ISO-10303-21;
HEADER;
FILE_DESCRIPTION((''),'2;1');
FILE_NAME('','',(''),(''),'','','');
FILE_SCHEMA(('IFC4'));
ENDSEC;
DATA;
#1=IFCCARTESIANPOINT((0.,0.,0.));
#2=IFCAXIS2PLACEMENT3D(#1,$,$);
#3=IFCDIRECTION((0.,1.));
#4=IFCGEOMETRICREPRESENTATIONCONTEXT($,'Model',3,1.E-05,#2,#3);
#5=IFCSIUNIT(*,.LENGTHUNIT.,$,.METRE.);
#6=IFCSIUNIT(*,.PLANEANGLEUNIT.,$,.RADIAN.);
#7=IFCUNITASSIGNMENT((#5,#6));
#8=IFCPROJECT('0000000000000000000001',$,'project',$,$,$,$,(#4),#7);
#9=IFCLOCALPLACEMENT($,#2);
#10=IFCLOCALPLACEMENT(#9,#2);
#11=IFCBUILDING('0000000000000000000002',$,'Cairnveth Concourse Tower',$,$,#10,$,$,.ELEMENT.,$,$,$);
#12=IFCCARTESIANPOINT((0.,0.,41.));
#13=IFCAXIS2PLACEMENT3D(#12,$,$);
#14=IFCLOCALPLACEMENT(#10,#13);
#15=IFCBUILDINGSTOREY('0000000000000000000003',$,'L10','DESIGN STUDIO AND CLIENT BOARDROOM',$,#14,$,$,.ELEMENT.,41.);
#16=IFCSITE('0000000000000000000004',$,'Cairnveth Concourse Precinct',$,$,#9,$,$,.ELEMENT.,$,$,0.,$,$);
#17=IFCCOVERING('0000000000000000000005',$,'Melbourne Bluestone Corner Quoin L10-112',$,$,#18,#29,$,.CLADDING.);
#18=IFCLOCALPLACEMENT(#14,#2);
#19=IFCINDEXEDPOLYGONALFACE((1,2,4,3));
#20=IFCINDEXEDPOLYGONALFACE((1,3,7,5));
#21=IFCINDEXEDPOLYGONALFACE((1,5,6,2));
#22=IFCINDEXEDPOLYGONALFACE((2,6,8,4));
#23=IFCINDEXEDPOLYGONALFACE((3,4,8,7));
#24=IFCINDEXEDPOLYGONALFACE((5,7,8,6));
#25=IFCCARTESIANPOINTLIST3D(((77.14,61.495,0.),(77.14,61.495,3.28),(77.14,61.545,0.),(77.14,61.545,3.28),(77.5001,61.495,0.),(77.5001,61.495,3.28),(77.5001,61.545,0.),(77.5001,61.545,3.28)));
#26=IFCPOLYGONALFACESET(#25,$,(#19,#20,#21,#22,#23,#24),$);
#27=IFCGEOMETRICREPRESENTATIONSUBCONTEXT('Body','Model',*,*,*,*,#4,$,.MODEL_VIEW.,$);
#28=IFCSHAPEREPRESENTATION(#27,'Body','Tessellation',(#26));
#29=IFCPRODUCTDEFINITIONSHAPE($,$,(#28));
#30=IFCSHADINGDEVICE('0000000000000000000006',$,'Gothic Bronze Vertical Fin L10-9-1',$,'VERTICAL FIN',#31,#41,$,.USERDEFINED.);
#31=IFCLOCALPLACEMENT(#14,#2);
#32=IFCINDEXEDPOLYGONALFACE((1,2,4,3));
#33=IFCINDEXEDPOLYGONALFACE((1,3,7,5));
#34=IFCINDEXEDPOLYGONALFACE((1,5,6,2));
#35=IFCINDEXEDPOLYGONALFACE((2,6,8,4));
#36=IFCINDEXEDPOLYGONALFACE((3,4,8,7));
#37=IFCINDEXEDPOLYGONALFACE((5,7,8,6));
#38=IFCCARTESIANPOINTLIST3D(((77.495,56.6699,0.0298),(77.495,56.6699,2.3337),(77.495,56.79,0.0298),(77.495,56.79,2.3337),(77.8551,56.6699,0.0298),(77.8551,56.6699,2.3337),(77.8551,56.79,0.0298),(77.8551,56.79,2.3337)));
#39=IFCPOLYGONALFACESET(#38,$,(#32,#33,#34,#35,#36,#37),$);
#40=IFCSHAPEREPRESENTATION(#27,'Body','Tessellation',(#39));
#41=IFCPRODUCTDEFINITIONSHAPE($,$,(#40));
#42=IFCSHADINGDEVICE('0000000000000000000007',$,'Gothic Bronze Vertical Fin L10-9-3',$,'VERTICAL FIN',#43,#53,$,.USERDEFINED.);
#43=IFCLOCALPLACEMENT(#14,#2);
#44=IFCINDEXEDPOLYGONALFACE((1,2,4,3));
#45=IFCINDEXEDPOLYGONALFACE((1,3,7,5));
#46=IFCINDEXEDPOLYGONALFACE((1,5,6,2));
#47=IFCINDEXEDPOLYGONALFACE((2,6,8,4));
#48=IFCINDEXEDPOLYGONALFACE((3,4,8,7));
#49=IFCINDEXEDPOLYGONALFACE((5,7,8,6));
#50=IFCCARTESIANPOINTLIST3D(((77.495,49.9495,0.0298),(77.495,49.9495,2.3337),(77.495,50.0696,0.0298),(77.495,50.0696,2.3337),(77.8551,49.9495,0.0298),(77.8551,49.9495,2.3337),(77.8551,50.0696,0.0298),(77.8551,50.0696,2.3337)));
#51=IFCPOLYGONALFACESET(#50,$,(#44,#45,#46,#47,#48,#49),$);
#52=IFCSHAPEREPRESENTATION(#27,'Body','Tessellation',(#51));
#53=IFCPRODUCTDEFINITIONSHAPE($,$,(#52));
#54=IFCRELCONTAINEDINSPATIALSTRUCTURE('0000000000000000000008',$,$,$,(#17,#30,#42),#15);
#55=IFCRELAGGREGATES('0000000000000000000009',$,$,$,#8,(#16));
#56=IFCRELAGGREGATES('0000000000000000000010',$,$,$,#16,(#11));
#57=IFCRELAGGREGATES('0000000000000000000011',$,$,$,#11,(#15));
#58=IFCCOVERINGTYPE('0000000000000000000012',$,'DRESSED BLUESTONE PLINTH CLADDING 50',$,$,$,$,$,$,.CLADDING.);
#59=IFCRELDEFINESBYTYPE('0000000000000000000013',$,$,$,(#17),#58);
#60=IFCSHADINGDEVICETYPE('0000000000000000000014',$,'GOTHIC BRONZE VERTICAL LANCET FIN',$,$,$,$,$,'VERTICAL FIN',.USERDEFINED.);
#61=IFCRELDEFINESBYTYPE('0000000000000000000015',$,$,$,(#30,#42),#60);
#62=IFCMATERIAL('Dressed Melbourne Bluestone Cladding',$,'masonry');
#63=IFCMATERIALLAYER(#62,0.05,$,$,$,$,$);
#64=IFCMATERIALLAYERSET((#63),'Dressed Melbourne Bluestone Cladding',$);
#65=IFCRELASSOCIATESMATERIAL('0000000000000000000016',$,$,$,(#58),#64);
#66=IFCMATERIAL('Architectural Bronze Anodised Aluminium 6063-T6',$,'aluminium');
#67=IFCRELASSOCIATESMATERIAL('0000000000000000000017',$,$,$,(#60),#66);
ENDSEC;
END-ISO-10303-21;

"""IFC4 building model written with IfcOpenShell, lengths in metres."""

from ifc_helpers import new_model, si_unit, direction, frame, frame_2d, origin, origin_2d, place, context, subcontext, project, spatial, rectangle, extrude, material, layer, layer_set, type_object, element, save


model = new_model("IFC4")

# Units and contexts
model_context = context("Model", 3, precision=1e-05, world=origin(), true_north=direction((0.0, 1.0)))
body_context = subcontext(model_context, "Body", "Model", "MODEL_VIEW")
ifc_project = project(units=[si_unit("LENGTHUNIT", "METRE"), si_unit("PLANEANGLEUNIT", "RADIAN")], contexts=[model_context])

# Site, building, storey
site_placement = place(None, origin())
site = spatial("IfcSite", under=ifc_project, at=site_placement, Name="Cairnveth Concourse Precinct", CompositionType="ELEMENT", RefElevation=0.0)
building_placement = place(site_placement, origin())
building = spatial("IfcBuilding", under=site, at=building_placement, Name="Cairnveth Concourse Tower", CompositionType="ELEMENT")
storey_placement = place(building_placement, frame((0.0, 0.0, 41.0)))
storey = spatial("IfcBuildingStorey", under=building, at=storey_placement, Name="L10", Description="DESIGN STUDIO AND CLIENT BOARDROOM", CompositionType="ELEMENT", Elevation=41.0)

# Covering
ifc_material_1 = material(Name="Dressed Melbourne Bluestone Cladding", Category="masonry")
ifc_layer_1 = layer(ifc_material_1, 0.05)
ifc_layer_set_1 = layer_set([ifc_layer_1], Name="Dressed Melbourne Bluestone Cladding")
covering_type = type_object("IfcCoveringType", Name="DRESSED BLUESTONE PLINTH CLADDING 50", PredefinedType="CLADDING", material=ifc_layer_set_1)
covering_placement = place(storey_placement, frame((77.1399, 61.52, 0.0), z_axis=(0.0, 0.0, 1.0), x_axis=(1.0, 0.0, 0.0)))
element("IfcCovering", 1, at=covering_placement, inside=storey, type_object=covering_type, Name="Melbourne Bluestone Corner Quoin L10-112", PredefinedType="CLADDING", context=body_context, shape_type="SweptSolid", body=[
    extrude(rectangle(XDim=0.3601, YDim=0.05, at=frame_2d((0.1802, 0.0))), origin(), (0.0, 0.0, 1.0), 3.28),
])

# Shading devices
ifc_material_2 = material(Name="Architectural Bronze Anodised Aluminium 6063-T6", Category="aluminium")
shading_device_type = type_object("IfcShadingDeviceType", Name="GOTHIC BRONZE VERTICAL LANCET FIN", ElementType="VERTICAL FIN", PredefinedType="USERDEFINED", material=ifc_material_2)
for number, where, z_axis, x_axis, name in (
    (2, (77.675, 56.73, 0.0298), (0.0, 0.0, 1.0), (0.0, 1.0, 0.0), "Gothic Bronze Vertical Fin L10-9-1"),
    (3, (77.675, 50.0095, 0.0298), (0.0, 0.0, 1.0), (0.0, 1.0, 0.0), "Gothic Bronze Vertical Fin L10-9-3"),
):
    element("IfcShadingDevice", number, at=place(storey_placement, frame(where, z_axis=z_axis, x_axis=x_axis)), inside=storey, type_object=shading_device_type, Name=name, ObjectType="VERTICAL FIN", PredefinedType="USERDEFINED", context=body_context, shape_type="SweptSolid", body=[
        extrude(rectangle(XDim=0.1201, YDim=0.3601, at=origin_2d()), origin(), (0.0, 0.0, 1.0), 2.304),
    ])

save(model, "model.ifc")
